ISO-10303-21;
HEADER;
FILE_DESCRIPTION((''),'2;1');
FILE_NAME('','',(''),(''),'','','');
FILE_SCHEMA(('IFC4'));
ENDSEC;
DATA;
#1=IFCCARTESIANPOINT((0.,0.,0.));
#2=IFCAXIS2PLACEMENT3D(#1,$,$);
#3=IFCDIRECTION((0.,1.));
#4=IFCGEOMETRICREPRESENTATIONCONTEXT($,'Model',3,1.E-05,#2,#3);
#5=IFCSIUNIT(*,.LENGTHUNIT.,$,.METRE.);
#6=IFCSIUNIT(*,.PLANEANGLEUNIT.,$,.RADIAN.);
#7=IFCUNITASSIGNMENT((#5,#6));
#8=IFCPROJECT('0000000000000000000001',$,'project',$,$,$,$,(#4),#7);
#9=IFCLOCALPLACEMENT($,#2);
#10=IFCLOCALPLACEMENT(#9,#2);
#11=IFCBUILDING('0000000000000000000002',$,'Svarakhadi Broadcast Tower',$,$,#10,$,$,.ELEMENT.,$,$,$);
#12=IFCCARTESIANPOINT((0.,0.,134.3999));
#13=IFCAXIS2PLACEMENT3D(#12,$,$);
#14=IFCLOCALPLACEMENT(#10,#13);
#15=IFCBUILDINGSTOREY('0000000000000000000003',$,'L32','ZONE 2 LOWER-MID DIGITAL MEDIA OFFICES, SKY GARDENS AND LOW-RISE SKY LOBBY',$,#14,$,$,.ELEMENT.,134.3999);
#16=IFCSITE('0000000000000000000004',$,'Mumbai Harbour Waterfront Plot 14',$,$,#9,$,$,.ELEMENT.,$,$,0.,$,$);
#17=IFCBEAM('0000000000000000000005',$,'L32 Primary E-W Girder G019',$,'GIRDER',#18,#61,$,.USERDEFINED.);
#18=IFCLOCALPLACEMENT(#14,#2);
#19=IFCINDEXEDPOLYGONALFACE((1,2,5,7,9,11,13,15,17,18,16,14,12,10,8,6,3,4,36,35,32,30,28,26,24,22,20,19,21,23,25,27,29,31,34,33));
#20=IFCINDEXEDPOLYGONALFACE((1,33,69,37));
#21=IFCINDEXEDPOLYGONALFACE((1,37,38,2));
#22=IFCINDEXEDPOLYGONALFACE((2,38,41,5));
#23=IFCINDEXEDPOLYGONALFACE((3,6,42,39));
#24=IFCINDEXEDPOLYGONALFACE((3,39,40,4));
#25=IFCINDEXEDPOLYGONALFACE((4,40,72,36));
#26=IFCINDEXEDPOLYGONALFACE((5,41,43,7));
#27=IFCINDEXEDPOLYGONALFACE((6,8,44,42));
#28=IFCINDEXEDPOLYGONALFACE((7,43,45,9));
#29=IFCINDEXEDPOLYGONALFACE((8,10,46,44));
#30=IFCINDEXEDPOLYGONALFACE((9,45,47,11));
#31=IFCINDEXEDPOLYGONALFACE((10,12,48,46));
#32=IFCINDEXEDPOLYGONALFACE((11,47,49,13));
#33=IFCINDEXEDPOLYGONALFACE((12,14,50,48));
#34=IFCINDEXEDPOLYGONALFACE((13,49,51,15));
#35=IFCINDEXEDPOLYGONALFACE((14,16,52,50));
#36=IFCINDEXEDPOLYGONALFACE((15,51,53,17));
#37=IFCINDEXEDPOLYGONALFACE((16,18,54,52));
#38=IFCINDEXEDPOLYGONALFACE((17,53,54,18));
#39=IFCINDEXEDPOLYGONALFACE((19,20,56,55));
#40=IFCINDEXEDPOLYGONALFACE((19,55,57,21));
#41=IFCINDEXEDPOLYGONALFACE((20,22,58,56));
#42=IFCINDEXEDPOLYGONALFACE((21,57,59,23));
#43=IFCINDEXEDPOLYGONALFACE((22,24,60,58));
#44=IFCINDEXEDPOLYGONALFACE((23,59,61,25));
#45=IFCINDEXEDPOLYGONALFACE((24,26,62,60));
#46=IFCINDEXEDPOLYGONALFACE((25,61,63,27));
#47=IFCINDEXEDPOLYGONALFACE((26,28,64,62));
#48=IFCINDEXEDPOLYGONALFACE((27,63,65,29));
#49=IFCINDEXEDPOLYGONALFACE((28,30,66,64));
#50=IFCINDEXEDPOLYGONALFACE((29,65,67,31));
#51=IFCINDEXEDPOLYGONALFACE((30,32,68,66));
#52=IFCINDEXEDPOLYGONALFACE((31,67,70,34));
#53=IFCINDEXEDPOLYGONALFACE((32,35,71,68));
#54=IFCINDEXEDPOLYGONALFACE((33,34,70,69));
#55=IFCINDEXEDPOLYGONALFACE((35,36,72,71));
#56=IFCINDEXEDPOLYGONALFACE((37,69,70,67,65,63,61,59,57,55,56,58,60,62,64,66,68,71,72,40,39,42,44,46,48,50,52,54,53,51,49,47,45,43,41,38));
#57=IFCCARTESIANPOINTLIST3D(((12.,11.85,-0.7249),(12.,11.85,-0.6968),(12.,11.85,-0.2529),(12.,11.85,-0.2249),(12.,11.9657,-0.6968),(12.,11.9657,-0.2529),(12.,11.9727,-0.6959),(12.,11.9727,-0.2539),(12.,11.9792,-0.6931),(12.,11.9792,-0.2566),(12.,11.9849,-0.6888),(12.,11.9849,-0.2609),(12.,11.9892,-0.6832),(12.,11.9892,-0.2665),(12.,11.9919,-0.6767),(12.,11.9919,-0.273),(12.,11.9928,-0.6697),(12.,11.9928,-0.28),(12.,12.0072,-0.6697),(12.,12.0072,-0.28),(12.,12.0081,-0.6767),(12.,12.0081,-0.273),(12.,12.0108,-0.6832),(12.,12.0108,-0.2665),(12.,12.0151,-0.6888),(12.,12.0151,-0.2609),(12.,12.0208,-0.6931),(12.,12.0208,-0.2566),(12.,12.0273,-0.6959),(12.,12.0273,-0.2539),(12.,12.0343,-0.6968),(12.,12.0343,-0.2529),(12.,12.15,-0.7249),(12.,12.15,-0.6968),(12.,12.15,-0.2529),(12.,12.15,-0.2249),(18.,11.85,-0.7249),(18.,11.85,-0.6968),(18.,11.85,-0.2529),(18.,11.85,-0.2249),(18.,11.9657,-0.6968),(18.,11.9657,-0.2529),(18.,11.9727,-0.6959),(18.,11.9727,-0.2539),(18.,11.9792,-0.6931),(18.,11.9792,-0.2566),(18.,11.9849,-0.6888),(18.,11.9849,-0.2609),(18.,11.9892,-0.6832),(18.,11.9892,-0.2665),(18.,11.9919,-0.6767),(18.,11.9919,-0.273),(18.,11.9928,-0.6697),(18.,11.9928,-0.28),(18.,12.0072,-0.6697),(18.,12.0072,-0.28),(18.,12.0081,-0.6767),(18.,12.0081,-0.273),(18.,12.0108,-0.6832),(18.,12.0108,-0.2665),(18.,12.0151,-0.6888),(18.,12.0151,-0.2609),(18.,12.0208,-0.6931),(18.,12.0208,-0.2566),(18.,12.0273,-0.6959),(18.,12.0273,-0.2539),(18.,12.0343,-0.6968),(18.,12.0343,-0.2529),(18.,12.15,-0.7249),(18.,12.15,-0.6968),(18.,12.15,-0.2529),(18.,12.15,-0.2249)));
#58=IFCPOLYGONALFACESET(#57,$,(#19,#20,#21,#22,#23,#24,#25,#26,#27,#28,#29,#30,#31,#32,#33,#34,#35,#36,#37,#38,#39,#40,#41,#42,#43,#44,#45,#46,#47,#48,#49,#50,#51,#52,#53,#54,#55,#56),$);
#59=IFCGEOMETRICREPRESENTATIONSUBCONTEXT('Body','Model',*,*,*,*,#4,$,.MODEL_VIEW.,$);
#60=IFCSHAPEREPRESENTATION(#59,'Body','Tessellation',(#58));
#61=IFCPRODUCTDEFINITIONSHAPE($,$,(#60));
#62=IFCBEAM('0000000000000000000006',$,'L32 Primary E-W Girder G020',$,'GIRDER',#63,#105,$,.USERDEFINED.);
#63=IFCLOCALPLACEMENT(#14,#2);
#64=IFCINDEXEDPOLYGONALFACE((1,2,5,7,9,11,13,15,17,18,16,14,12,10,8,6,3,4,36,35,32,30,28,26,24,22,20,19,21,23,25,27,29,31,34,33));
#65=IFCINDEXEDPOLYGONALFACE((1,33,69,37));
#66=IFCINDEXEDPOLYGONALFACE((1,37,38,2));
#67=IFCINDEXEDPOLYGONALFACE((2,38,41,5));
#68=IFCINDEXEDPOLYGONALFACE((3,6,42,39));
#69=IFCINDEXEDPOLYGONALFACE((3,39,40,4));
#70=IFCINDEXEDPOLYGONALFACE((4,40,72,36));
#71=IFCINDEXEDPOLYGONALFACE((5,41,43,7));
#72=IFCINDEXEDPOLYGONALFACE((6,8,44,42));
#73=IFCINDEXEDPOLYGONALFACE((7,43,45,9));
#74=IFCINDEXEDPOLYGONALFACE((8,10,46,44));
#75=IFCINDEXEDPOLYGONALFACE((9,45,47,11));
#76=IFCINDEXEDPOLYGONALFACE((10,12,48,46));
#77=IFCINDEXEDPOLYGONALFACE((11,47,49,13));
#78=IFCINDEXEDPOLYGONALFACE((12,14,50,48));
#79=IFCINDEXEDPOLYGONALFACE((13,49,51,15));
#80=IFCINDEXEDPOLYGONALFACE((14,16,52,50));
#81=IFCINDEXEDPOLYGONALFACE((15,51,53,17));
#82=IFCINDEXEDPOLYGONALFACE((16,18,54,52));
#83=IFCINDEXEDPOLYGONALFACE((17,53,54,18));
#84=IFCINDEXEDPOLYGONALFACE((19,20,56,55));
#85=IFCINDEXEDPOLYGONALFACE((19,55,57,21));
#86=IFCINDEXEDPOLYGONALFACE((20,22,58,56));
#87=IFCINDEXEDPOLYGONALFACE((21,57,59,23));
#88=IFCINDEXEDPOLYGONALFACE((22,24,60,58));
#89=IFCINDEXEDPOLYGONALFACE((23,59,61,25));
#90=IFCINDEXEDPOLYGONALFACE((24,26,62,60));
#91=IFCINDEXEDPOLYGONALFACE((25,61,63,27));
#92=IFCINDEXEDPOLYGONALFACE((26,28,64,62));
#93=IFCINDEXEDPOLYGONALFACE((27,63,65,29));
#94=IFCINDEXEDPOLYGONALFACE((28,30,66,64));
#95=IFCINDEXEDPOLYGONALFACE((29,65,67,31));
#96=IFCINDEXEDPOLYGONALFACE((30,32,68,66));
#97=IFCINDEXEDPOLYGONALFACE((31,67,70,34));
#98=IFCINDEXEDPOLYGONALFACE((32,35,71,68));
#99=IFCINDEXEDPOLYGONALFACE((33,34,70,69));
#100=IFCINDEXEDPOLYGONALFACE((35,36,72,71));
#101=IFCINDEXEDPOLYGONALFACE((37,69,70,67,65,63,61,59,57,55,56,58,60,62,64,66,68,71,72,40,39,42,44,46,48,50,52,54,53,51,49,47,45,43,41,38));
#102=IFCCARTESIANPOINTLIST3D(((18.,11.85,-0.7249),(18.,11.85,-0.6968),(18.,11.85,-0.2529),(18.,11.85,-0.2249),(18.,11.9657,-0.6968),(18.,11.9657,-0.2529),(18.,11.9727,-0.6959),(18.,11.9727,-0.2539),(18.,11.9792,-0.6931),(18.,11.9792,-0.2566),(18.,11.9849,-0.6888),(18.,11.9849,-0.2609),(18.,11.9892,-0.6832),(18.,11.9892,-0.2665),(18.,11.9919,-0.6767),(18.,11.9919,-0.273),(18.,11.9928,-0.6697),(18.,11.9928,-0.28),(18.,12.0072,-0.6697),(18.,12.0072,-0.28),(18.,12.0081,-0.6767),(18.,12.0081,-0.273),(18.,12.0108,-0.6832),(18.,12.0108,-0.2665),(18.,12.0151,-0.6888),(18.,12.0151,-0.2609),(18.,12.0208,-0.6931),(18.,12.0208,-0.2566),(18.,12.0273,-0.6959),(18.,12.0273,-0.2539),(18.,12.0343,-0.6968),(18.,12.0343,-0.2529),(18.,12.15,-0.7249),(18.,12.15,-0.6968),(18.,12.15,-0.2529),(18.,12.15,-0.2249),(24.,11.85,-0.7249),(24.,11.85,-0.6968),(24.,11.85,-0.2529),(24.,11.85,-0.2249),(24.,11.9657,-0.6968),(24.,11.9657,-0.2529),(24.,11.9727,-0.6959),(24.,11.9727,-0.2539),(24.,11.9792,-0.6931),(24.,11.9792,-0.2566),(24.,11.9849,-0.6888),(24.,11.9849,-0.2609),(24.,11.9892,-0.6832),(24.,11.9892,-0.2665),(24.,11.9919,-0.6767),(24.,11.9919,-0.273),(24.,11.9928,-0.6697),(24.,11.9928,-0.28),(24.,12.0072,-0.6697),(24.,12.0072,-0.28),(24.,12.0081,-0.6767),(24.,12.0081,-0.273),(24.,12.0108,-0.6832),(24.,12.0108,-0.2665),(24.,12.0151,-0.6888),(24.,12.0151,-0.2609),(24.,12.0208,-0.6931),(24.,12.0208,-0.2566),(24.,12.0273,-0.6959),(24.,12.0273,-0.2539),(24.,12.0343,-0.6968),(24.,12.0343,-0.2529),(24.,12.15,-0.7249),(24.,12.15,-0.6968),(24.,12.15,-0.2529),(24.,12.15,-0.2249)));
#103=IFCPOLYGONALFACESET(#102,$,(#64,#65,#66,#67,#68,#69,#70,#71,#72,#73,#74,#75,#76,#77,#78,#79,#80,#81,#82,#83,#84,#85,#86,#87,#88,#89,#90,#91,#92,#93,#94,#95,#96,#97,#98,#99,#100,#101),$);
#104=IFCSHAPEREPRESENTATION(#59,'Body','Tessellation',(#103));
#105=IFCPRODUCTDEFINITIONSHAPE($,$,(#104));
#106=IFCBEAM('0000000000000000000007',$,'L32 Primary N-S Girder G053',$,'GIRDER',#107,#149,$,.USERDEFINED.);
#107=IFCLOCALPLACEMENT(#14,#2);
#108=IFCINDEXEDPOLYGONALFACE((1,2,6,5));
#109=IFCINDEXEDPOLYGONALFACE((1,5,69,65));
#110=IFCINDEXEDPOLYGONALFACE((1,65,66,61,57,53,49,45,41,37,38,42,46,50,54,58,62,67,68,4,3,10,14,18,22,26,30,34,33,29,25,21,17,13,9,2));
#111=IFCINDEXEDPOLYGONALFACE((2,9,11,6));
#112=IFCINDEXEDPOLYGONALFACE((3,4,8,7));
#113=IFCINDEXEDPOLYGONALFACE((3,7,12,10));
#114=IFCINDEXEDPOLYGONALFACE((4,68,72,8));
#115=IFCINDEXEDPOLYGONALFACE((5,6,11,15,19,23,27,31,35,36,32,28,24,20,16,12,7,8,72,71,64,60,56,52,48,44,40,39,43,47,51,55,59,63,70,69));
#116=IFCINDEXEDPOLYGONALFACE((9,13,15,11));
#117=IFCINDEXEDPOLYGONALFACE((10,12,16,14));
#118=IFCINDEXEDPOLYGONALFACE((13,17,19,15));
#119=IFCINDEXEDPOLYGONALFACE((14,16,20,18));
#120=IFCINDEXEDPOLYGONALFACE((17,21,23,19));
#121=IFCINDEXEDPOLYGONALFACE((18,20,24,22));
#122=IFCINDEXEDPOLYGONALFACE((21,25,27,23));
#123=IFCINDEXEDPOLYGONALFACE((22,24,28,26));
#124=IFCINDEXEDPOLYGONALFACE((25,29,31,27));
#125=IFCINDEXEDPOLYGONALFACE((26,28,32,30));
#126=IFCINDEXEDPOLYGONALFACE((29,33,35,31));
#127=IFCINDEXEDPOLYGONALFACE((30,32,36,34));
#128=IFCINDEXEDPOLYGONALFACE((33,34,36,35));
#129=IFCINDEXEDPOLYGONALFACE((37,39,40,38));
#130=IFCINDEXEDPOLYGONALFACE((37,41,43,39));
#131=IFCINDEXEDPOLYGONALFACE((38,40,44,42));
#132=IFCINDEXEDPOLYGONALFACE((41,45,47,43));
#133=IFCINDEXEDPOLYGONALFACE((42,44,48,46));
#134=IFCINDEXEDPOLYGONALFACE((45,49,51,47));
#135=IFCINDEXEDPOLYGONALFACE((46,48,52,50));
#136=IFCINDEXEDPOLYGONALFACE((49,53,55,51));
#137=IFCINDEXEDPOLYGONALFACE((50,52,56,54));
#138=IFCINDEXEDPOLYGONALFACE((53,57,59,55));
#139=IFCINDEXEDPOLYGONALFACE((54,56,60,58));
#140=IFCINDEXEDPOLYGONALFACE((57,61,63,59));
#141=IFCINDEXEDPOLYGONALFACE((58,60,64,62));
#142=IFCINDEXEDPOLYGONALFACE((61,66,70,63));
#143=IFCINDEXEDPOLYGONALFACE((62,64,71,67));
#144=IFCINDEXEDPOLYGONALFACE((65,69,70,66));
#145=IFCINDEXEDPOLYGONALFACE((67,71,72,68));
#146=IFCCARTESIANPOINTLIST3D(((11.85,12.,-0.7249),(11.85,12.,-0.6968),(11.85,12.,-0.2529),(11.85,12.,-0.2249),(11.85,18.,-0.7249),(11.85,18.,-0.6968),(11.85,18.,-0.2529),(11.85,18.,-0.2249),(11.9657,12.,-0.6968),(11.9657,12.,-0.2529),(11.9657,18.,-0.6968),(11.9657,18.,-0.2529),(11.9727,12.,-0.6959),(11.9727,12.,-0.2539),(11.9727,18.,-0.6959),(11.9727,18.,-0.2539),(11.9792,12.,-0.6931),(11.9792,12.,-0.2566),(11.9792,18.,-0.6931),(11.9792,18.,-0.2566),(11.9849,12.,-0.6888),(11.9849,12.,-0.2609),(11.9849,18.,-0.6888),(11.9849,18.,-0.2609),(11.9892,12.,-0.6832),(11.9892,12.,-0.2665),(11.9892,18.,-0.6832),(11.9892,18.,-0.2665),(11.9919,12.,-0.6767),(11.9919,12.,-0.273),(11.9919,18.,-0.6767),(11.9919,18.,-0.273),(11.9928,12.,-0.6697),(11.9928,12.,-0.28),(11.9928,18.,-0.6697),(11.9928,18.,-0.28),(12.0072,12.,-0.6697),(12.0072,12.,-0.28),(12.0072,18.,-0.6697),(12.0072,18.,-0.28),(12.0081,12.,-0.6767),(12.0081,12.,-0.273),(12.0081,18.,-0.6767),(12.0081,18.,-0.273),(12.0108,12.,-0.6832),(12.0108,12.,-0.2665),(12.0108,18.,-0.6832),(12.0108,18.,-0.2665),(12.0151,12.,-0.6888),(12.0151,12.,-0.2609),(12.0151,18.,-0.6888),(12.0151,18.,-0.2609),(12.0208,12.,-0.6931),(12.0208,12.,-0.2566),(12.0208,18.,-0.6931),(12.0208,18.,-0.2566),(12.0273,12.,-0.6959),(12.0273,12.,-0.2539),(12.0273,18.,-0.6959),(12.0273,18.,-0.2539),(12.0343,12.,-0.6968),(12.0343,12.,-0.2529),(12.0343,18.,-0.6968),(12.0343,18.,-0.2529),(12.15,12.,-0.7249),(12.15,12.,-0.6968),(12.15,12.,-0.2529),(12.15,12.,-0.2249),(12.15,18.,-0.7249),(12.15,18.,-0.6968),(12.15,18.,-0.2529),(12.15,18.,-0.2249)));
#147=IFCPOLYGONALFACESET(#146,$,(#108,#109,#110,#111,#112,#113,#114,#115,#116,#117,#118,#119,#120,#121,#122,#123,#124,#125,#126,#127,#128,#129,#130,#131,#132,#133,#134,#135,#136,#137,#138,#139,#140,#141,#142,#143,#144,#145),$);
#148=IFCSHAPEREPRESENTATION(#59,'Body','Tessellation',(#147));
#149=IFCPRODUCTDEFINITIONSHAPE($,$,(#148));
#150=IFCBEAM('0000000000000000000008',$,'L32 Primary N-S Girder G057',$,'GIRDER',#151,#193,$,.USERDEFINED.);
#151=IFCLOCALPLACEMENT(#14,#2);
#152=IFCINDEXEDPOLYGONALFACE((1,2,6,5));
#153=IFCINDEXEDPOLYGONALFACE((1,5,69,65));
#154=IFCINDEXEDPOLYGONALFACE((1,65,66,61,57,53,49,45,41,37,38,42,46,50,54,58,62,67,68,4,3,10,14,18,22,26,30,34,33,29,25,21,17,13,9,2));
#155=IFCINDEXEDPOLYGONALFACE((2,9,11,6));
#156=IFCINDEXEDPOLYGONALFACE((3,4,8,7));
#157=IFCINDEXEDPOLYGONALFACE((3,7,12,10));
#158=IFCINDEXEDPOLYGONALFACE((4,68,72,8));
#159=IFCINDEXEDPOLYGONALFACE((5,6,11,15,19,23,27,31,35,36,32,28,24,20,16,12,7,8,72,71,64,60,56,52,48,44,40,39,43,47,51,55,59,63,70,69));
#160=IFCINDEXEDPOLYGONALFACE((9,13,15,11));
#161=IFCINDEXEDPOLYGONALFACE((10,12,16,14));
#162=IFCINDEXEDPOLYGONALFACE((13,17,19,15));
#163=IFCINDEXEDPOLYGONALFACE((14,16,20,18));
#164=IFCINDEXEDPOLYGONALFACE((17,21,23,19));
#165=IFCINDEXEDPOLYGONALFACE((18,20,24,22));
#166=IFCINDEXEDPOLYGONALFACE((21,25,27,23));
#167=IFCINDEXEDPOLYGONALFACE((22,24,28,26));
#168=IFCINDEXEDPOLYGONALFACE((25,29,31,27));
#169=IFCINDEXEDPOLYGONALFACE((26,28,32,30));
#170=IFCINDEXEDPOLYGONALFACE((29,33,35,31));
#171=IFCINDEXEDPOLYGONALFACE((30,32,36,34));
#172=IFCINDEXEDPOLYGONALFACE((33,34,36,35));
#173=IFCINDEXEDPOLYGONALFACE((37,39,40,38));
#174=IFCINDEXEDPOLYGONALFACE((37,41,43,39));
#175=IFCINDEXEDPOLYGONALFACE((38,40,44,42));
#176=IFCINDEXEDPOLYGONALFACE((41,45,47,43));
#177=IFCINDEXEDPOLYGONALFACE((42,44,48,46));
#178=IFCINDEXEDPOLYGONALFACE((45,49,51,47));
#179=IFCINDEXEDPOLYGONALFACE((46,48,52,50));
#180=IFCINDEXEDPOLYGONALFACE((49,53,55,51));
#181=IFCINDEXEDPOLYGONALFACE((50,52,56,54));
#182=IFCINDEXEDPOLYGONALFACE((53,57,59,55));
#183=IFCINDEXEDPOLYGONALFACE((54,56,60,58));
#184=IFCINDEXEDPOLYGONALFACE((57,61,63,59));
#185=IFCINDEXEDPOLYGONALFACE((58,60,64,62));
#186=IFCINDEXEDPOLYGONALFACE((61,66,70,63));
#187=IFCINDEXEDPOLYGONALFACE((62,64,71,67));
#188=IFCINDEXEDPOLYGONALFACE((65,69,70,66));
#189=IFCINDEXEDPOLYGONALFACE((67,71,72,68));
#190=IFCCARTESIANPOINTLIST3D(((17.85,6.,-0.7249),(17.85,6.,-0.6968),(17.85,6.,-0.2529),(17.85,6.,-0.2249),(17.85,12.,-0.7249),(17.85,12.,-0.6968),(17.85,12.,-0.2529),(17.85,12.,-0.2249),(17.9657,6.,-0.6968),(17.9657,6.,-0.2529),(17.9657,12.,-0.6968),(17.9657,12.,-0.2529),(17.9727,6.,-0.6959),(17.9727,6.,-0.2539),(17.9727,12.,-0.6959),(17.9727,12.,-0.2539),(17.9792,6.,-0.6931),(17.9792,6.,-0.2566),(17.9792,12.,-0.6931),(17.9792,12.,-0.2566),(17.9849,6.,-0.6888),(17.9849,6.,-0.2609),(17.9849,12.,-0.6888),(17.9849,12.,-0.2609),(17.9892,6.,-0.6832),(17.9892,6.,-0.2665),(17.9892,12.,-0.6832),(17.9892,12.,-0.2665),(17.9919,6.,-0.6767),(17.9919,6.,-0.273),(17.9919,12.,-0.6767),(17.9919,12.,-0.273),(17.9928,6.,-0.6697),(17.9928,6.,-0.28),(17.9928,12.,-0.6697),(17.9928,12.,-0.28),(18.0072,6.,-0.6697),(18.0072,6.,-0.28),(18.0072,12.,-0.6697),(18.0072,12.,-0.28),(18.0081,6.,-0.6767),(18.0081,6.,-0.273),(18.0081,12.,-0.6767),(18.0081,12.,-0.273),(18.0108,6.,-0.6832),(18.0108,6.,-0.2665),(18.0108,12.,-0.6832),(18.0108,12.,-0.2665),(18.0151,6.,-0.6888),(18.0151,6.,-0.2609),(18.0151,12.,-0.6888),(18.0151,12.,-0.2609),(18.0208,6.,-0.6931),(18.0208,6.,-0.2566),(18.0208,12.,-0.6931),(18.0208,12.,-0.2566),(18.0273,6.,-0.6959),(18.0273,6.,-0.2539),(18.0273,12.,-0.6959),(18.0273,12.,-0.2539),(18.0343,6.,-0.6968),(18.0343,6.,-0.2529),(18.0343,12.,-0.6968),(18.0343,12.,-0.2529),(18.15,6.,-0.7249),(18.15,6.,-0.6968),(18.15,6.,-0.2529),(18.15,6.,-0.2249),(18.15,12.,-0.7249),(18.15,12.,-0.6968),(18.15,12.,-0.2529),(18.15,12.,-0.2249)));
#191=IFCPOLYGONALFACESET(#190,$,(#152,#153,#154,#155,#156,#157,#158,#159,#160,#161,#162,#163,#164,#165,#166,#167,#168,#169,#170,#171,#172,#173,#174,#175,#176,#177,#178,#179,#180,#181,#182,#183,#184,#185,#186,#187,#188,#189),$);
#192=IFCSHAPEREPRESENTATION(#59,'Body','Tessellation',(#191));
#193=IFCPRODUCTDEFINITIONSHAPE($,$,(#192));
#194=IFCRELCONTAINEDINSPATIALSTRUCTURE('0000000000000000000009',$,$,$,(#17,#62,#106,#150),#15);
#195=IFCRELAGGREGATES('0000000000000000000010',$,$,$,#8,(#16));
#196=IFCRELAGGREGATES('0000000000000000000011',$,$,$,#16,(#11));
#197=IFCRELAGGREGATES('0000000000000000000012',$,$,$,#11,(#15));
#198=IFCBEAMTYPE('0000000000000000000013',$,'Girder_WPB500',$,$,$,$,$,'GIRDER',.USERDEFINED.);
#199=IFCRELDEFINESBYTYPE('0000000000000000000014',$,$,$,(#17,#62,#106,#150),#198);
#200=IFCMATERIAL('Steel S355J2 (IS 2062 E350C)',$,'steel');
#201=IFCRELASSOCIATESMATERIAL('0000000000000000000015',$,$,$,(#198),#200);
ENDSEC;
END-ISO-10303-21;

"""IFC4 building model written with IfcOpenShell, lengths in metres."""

from ifc_helpers import new_model, si_unit, direction, frame, origin, origin_2d, place, context, subcontext, project, spatial, i_section, extrude, material, material_profile, profile_set, type_object, element, save


model = new_model("IFC4")

# Units and contexts
model_context = context("Model", 3, precision=1e-05, world=origin(), true_north=direction((0.0, 1.0)))
body_context = subcontext(model_context, "Body", "Model", "MODEL_VIEW")
ifc_project = project(units=[si_unit("LENGTHUNIT", "METRE"), si_unit("PLANEANGLEUNIT", "RADIAN")], contexts=[model_context])

# Site, building, storey
site_placement = place(None, origin())
site = spatial("IfcSite", under=ifc_project, at=site_placement, Name="Mumbai Harbour Waterfront Plot 14", CompositionType="ELEMENT", RefElevation=0.0)
building_placement = place(site_placement, origin())
building = spatial("IfcBuilding", under=site, at=building_placement, Name="Svarakhadi Broadcast Tower", CompositionType="ELEMENT")
storey_placement = place(building_placement, frame((0.0, 0.0, 134.3999)))
storey = spatial("IfcBuildingStorey", under=building, at=storey_placement, Name="L32", Description="ZONE 2 LOWER-MID DIGITAL MEDIA OFFICES, SKY GARDENS AND LOW-RISE SKY LOBBY", CompositionType="ELEMENT", Elevation=134.3999)

# Beams
ifc_material_1 = material(Name="Steel S355J2 (IS 2062 E350C)", Category="steel")
ifc_material_profile_1 = material_profile(ifc_material_1, i_section(OverallWidth=0.3, OverallDepth=0.5, WebThickness=0.0144, FlangeThickness=0.0281, FilletRadius=0.0271, at=origin_2d()), Name="WPB 500x300x187")
ifc_profile_set_1 = profile_set([ifc_material_profile_1], Name="Steel S355J2 (IS 2062 E350C)")
beam_type_1 = type_object("IfcBeamType", Name="Girder_WPB500", ElementType="GIRDER", PredefinedType="USERDEFINED", material=ifc_profile_set_1)
for number, where, z_axis, x_axis, name in (
    (1, (12.0, 12.0, -0.4749), (1.0, 0.0, 0.0), (0.0, 1.0, 0.0), "L32 Primary E-W Girder G019"),
    (2, (18.0, 12.0, -0.4749), (1.0, 0.0, 0.0), (0.0, 1.0, 0.0), "L32 Primary E-W Girder G020"),
    (3, (12.0, 12.0, -0.4749), (0.0, 1.0, 0.0), (-1.0, 0.0, 0.0), "L32 Primary N-S Girder G053"),
    (4, (18.0, 6.0, -0.4749), (0.0, 1.0, 0.0), (-1.0, 0.0, 0.0), "L32 Primary N-S Girder G057"),
):
    element("IfcBeam", number, at=place(storey_placement, frame(where, z_axis=z_axis, x_axis=x_axis)), inside=storey, type_object=beam_type_1, Name=name, ObjectType="GIRDER", PredefinedType="USERDEFINED", context=body_context, shape_type="SweptSolid", body=[
        extrude(i_section(OverallWidth=0.3, OverallDepth=0.5, WebThickness=0.0144, FlangeThickness=0.0281, FilletRadius=0.0271, at=origin_2d()), origin(), (0.0, 0.0, 1.0), 6.0),
    ])

save(model, "model.ifc")
